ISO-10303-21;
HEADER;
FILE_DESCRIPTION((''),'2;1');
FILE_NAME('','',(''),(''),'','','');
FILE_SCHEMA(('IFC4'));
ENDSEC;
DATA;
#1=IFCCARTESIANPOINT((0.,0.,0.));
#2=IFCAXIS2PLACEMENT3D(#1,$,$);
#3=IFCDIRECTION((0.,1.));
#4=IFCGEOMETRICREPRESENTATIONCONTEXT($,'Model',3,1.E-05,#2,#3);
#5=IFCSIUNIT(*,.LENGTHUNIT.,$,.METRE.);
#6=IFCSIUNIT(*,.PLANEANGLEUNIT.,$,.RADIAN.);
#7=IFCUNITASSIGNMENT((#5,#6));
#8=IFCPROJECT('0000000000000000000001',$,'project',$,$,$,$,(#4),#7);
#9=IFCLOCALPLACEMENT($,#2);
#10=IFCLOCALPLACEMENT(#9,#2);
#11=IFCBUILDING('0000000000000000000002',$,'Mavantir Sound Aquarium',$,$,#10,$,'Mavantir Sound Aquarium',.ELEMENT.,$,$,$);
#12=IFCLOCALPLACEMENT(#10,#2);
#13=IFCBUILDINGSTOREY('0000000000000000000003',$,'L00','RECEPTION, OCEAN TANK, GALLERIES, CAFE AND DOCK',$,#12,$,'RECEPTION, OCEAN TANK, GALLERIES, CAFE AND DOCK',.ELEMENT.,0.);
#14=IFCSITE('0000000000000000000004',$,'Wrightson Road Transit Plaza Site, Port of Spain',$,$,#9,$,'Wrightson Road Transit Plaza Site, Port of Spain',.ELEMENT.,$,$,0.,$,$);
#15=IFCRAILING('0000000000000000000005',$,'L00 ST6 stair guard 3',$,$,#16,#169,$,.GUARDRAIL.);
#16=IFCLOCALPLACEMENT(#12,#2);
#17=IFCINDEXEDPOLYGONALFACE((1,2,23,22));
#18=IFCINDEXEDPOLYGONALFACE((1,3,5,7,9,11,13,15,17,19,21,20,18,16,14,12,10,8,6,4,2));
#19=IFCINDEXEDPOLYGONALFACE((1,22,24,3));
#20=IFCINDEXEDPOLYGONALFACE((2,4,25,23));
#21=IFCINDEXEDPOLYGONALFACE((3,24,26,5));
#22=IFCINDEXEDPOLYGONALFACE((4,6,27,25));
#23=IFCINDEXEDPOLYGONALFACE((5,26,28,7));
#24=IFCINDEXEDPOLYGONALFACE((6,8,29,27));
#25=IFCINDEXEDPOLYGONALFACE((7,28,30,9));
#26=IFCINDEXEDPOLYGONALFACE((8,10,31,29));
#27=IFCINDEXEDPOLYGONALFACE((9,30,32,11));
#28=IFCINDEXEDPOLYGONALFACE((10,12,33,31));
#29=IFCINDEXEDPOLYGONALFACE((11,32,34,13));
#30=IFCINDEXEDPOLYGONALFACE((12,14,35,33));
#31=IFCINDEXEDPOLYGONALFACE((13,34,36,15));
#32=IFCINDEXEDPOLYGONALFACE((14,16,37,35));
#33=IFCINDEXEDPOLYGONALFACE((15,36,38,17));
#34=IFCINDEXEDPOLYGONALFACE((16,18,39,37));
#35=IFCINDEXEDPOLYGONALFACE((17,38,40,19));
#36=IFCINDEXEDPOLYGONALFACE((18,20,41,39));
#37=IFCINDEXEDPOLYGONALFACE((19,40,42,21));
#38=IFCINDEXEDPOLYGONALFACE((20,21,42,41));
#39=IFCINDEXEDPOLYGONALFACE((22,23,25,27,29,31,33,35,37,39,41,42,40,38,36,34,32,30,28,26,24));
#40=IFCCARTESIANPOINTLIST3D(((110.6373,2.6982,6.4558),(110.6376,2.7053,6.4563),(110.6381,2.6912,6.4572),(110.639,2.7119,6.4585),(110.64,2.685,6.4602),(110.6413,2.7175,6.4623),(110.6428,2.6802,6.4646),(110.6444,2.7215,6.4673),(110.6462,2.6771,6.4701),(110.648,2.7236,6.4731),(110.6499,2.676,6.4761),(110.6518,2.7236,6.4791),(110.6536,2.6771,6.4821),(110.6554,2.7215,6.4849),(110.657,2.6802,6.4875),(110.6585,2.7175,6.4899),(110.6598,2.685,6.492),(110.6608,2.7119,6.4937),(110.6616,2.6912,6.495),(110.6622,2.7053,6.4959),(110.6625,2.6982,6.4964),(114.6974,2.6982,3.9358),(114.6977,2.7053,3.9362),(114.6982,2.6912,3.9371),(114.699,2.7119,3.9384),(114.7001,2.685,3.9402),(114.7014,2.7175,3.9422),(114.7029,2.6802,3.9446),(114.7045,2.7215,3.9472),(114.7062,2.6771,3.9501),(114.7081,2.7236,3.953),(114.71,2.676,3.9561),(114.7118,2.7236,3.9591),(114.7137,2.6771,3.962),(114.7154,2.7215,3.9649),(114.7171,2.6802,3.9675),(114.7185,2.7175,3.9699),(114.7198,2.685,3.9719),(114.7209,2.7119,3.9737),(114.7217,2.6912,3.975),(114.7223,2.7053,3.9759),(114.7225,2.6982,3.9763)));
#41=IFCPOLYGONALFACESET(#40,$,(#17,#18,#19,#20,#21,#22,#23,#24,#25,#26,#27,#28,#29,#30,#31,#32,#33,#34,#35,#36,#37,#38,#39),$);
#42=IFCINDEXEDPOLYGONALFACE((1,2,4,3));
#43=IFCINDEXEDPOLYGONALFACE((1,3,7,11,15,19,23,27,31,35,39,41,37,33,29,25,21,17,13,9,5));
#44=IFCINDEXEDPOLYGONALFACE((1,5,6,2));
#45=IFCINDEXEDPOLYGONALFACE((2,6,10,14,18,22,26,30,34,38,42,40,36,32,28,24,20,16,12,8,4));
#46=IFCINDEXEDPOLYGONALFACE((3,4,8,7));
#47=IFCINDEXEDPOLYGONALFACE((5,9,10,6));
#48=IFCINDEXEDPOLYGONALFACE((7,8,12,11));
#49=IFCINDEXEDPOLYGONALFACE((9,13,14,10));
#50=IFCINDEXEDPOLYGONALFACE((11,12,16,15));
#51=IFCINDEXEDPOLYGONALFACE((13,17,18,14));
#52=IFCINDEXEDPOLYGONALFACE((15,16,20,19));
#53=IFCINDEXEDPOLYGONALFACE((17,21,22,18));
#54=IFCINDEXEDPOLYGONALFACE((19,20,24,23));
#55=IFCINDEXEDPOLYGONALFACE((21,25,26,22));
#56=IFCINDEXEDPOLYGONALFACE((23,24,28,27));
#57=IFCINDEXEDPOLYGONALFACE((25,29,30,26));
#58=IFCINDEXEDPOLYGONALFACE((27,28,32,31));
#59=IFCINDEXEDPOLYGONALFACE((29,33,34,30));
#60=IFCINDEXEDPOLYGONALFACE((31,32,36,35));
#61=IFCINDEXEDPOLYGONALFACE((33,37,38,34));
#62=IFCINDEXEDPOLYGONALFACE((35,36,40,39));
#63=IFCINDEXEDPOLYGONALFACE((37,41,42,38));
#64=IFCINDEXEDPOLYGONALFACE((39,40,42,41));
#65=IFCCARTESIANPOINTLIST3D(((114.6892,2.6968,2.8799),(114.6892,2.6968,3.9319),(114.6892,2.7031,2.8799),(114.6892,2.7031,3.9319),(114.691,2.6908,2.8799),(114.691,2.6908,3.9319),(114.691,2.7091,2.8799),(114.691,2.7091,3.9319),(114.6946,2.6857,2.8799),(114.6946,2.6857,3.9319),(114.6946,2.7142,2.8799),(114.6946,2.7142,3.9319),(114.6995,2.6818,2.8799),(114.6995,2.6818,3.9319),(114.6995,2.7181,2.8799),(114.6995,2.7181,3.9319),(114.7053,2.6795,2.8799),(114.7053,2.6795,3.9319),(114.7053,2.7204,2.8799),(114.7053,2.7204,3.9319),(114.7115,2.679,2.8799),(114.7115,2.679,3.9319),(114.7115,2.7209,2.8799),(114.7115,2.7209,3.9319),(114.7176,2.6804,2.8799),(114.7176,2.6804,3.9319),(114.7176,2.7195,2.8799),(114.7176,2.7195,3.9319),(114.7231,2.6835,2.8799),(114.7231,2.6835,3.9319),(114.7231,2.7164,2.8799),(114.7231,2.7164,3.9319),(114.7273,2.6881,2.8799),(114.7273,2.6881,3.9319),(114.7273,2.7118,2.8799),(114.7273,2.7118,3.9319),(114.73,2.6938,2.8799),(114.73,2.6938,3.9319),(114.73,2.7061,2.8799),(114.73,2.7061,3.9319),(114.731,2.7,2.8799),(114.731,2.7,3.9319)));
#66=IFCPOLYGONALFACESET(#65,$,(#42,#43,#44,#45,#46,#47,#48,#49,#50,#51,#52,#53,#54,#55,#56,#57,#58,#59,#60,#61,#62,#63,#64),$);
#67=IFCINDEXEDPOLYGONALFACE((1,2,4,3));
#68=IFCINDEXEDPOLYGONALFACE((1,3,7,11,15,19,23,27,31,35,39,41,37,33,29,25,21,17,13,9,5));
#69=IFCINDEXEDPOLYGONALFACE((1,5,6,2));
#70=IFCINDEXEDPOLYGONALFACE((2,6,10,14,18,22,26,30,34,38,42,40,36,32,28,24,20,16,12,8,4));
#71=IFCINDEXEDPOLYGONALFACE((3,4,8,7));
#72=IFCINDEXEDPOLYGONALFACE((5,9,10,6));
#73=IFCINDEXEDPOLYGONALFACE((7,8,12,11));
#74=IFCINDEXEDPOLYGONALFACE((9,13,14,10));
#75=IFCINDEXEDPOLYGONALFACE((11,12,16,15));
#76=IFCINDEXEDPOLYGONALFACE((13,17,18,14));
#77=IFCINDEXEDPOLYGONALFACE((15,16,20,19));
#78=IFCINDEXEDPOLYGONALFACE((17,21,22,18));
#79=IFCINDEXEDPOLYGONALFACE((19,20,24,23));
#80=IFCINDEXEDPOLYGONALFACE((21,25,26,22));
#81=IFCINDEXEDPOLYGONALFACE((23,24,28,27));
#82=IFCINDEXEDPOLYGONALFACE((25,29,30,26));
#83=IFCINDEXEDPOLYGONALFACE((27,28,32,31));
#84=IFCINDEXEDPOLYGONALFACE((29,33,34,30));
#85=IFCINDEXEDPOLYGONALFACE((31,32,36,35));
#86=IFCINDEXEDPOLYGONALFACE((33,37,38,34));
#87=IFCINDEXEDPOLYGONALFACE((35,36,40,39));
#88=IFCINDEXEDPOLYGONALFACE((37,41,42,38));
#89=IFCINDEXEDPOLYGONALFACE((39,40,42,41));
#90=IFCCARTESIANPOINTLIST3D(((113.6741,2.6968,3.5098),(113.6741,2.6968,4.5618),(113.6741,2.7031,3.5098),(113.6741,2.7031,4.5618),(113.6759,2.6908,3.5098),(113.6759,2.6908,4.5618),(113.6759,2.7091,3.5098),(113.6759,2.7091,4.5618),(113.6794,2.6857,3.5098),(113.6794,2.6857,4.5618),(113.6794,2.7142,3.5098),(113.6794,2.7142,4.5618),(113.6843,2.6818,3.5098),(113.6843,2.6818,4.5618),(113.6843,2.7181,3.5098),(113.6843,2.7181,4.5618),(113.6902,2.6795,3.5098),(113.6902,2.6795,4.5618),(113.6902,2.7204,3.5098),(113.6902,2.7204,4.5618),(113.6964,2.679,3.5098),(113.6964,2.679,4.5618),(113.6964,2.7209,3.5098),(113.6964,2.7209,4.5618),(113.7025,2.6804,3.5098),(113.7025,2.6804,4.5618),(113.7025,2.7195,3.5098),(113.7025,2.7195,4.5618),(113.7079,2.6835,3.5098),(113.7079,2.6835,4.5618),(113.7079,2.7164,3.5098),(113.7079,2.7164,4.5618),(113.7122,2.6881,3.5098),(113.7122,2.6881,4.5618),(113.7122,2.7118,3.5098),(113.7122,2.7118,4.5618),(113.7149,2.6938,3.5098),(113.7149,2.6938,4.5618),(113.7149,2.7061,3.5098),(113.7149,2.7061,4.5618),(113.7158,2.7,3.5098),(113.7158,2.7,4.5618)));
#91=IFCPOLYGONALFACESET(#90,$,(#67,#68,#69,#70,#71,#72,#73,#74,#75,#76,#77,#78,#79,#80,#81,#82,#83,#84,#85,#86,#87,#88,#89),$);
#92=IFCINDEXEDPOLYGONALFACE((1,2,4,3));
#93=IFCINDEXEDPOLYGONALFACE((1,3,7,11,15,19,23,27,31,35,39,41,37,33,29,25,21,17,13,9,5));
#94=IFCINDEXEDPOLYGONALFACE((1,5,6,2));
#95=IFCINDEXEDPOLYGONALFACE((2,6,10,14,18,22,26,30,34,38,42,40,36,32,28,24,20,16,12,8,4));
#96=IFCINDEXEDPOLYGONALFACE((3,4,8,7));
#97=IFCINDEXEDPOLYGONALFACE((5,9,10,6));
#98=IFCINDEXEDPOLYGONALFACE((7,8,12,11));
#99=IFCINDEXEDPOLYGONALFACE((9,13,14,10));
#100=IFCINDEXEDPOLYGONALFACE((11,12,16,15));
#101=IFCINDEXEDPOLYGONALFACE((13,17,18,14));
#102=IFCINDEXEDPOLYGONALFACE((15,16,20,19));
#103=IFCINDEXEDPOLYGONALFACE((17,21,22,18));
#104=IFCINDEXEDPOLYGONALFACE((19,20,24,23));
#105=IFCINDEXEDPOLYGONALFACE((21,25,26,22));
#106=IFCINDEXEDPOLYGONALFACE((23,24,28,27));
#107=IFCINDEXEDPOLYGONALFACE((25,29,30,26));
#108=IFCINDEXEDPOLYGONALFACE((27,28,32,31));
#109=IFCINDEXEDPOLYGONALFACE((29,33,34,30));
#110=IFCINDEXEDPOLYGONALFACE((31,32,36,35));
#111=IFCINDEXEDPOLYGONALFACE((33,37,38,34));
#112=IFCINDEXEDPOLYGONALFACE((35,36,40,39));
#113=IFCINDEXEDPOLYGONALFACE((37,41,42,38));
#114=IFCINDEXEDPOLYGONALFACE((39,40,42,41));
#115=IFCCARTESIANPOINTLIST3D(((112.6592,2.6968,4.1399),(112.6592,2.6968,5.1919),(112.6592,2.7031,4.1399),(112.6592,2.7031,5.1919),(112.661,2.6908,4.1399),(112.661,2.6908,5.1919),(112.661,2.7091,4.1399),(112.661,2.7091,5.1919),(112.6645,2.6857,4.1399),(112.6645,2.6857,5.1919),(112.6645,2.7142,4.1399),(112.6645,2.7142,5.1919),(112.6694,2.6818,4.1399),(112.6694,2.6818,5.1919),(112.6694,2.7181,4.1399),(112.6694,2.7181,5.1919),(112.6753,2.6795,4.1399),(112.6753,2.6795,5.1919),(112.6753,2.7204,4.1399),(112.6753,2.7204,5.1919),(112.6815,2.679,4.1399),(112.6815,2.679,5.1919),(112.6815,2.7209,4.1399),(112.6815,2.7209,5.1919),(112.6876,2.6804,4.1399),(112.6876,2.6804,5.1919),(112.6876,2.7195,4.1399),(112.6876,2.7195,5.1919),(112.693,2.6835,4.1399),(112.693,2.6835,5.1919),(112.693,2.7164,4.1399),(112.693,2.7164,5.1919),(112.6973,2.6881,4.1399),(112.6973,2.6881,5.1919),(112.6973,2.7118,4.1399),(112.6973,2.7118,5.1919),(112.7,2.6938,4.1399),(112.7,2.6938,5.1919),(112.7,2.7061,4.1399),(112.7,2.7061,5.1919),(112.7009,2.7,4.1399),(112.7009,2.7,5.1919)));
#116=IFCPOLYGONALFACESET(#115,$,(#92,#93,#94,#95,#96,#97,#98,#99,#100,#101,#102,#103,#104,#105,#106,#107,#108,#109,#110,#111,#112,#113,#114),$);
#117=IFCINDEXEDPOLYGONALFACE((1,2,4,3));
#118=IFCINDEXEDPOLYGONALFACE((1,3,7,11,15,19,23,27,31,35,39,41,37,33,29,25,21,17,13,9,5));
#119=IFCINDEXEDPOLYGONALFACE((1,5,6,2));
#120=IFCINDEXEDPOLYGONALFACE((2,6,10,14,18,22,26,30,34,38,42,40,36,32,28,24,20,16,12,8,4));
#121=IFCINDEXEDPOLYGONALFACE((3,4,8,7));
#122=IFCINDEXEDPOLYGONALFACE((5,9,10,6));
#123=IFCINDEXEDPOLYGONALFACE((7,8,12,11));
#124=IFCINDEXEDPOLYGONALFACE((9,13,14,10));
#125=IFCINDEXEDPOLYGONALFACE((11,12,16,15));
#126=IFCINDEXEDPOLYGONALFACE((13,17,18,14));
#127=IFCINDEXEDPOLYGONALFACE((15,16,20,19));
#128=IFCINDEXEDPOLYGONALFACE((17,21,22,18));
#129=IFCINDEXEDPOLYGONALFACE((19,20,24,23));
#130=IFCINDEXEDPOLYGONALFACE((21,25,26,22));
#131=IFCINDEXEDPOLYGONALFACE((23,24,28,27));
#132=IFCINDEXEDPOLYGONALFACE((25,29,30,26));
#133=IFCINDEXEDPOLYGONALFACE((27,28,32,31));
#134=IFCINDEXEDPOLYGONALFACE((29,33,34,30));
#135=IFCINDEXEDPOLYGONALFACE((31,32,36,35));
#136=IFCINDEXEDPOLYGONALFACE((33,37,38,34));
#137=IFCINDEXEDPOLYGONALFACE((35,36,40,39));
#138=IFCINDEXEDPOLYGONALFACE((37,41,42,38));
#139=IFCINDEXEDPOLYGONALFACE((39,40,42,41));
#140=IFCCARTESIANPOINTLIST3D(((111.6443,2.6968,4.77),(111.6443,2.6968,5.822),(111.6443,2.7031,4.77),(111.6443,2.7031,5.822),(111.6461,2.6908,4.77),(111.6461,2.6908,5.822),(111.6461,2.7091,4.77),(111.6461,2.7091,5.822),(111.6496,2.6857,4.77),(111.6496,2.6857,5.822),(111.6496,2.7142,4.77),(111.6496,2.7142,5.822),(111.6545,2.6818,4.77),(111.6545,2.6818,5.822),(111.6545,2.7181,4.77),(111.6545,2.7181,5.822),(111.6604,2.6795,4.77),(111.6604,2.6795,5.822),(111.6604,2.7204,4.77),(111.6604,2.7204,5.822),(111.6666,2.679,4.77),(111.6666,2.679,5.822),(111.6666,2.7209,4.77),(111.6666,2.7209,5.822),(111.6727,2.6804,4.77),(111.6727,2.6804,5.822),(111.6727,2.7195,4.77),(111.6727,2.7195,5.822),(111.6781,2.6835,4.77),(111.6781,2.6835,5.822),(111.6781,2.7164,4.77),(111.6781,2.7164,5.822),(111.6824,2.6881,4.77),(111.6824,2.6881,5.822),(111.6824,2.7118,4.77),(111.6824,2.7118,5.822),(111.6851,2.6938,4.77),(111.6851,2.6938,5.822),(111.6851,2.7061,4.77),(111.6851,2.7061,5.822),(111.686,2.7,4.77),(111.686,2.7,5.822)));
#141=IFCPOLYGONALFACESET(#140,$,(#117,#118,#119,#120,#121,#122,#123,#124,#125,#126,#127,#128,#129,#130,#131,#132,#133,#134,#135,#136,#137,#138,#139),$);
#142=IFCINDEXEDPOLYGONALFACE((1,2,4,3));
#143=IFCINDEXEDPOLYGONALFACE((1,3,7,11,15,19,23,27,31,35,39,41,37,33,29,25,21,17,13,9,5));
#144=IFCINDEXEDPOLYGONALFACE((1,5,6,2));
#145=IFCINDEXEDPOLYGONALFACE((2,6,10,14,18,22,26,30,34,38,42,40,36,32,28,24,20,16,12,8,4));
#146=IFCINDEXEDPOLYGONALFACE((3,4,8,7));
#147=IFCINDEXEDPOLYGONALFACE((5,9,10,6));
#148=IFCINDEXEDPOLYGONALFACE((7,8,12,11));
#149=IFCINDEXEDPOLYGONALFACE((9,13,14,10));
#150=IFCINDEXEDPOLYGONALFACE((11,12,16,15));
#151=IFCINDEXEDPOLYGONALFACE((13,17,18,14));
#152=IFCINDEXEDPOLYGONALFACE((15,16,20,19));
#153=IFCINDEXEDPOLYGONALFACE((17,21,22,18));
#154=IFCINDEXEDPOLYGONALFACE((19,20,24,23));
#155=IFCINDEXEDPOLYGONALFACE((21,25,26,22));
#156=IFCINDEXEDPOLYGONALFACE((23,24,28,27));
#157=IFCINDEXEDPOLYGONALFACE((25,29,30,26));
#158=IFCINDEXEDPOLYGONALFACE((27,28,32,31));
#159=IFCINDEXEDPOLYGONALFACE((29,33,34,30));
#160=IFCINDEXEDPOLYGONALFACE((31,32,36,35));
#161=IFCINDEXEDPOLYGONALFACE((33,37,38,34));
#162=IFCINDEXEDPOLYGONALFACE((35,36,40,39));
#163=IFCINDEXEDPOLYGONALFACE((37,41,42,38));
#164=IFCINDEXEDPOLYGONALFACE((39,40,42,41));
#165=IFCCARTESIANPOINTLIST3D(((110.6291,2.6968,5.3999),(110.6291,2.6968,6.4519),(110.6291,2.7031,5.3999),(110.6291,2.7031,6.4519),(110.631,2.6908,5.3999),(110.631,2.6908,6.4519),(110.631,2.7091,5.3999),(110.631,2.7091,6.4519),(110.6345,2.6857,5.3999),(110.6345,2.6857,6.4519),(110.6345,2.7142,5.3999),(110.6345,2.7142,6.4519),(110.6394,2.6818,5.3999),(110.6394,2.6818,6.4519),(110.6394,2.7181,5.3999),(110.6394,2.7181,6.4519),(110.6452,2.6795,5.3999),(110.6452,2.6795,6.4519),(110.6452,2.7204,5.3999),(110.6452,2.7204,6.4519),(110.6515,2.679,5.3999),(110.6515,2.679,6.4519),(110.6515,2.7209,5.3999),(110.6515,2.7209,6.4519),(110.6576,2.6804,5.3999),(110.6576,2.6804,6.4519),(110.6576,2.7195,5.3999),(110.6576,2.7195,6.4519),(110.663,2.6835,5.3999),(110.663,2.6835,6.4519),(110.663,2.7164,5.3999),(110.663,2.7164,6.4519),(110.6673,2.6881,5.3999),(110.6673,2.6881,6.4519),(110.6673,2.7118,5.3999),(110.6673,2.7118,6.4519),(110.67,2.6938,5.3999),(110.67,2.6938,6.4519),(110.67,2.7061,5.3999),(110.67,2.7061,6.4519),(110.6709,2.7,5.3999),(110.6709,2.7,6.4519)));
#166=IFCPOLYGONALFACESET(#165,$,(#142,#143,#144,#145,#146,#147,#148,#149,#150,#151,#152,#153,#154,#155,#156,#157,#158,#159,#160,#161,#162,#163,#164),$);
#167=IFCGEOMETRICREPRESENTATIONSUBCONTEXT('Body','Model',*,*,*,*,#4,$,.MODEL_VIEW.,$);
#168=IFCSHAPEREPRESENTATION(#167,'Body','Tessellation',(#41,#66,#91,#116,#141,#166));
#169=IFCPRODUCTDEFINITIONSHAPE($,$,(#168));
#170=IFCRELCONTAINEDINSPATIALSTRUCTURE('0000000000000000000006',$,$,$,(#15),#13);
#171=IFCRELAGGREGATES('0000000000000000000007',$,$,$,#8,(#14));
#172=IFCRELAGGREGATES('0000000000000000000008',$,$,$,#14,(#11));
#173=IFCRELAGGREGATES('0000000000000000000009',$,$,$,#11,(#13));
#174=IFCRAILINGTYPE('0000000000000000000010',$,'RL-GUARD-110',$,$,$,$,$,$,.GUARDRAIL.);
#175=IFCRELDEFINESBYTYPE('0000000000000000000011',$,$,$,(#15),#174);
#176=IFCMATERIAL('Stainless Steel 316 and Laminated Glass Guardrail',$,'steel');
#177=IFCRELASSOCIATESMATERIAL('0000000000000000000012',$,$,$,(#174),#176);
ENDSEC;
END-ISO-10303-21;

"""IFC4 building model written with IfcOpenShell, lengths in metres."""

from ifc_helpers import new_model, si_unit, direction, frame, origin, origin_2d, place, context, subcontext, project, spatial, circle, extrude, material, type_object, element, save


model = new_model("IFC4")

# Units and contexts
model_context = context("Model", 3, precision=1e-05, world=origin(), true_north=direction((0.0, 1.0)))
body_context = subcontext(model_context, "Body", "Model", "MODEL_VIEW")
ifc_project = project(units=[si_unit("LENGTHUNIT", "METRE"), si_unit("PLANEANGLEUNIT", "RADIAN")], contexts=[model_context])

# Site, building, storey
site_placement = place(None, origin())
site = spatial("IfcSite", under=ifc_project, at=site_placement, Name="Wrightson Road Transit Plaza Site, Port of Spain", LongName="Wrightson Road Transit Plaza Site, Port of Spain", CompositionType="ELEMENT", RefElevation=0.0)
building_placement = place(site_placement, origin())
building = spatial("IfcBuilding", under=site, at=building_placement, Name="Mavantir Sound Aquarium", LongName="Mavantir Sound Aquarium", CompositionType="ELEMENT")
storey_placement = place(building_placement, origin())
storey = spatial("IfcBuildingStorey", under=building, at=storey_placement, Name="L00", Description="RECEPTION, OCEAN TANK, GALLERIES, CAFE AND DOCK", LongName="RECEPTION, OCEAN TANK, GALLERIES, CAFE AND DOCK", CompositionType="ELEMENT", Elevation=0.0)

# Railing
ifc_material_1 = material(Name="Stainless Steel 316 and Laminated Glass Guardrail", Category="steel")
railing_type_1 = type_object("IfcRailingType", Name="RL-GUARD-110", PredefinedType="GUARDRAIL", material=ifc_material_1)
railing_1_placement = place(storey_placement, frame((114.71, 2.7, 2.8799)))
element("IfcRailing", 1, at=railing_1_placement, inside=storey, type_object=railing_type_1, Name="L00 ST6 stair guard 3", PredefinedType="GUARDRAIL", context=body_context, shape_type="SweptSolid", body=[
    extrude(circle(Radius=0.0239, at=origin_2d()), frame((0.0, 0.0, 1.0762), z_axis=(-0.849642, 0.0, 0.52736), x_axis=(0.0, -1.0, 0.0)), (0.0, 0.0, 1.0), 4.7786),
    extrude(circle(Radius=0.021, at=origin_2d()), origin(), (0.0, 0.0, 1.0), 1.052),
    extrude(circle(Radius=0.021, at=origin_2d()), frame((-1.0151, 0.0, 0.6299)), (0.0, 0.0, 1.0), 1.052),
    extrude(circle(Radius=0.021, at=origin_2d()), frame((-2.03, 0.0, 1.26)), (0.0, 0.0, 1.0), 1.052),
    extrude(circle(Radius=0.021, at=origin_2d()), frame((-3.0449, 0.0, 1.8901)), (0.0, 0.0, 1.0), 1.052),
    extrude(circle(Radius=0.021, at=origin_2d()), frame((-4.0601, 0.0, 2.52)), (0.0, 0.0, 1.0), 1.052),
])

save(model, "model.ifc")
